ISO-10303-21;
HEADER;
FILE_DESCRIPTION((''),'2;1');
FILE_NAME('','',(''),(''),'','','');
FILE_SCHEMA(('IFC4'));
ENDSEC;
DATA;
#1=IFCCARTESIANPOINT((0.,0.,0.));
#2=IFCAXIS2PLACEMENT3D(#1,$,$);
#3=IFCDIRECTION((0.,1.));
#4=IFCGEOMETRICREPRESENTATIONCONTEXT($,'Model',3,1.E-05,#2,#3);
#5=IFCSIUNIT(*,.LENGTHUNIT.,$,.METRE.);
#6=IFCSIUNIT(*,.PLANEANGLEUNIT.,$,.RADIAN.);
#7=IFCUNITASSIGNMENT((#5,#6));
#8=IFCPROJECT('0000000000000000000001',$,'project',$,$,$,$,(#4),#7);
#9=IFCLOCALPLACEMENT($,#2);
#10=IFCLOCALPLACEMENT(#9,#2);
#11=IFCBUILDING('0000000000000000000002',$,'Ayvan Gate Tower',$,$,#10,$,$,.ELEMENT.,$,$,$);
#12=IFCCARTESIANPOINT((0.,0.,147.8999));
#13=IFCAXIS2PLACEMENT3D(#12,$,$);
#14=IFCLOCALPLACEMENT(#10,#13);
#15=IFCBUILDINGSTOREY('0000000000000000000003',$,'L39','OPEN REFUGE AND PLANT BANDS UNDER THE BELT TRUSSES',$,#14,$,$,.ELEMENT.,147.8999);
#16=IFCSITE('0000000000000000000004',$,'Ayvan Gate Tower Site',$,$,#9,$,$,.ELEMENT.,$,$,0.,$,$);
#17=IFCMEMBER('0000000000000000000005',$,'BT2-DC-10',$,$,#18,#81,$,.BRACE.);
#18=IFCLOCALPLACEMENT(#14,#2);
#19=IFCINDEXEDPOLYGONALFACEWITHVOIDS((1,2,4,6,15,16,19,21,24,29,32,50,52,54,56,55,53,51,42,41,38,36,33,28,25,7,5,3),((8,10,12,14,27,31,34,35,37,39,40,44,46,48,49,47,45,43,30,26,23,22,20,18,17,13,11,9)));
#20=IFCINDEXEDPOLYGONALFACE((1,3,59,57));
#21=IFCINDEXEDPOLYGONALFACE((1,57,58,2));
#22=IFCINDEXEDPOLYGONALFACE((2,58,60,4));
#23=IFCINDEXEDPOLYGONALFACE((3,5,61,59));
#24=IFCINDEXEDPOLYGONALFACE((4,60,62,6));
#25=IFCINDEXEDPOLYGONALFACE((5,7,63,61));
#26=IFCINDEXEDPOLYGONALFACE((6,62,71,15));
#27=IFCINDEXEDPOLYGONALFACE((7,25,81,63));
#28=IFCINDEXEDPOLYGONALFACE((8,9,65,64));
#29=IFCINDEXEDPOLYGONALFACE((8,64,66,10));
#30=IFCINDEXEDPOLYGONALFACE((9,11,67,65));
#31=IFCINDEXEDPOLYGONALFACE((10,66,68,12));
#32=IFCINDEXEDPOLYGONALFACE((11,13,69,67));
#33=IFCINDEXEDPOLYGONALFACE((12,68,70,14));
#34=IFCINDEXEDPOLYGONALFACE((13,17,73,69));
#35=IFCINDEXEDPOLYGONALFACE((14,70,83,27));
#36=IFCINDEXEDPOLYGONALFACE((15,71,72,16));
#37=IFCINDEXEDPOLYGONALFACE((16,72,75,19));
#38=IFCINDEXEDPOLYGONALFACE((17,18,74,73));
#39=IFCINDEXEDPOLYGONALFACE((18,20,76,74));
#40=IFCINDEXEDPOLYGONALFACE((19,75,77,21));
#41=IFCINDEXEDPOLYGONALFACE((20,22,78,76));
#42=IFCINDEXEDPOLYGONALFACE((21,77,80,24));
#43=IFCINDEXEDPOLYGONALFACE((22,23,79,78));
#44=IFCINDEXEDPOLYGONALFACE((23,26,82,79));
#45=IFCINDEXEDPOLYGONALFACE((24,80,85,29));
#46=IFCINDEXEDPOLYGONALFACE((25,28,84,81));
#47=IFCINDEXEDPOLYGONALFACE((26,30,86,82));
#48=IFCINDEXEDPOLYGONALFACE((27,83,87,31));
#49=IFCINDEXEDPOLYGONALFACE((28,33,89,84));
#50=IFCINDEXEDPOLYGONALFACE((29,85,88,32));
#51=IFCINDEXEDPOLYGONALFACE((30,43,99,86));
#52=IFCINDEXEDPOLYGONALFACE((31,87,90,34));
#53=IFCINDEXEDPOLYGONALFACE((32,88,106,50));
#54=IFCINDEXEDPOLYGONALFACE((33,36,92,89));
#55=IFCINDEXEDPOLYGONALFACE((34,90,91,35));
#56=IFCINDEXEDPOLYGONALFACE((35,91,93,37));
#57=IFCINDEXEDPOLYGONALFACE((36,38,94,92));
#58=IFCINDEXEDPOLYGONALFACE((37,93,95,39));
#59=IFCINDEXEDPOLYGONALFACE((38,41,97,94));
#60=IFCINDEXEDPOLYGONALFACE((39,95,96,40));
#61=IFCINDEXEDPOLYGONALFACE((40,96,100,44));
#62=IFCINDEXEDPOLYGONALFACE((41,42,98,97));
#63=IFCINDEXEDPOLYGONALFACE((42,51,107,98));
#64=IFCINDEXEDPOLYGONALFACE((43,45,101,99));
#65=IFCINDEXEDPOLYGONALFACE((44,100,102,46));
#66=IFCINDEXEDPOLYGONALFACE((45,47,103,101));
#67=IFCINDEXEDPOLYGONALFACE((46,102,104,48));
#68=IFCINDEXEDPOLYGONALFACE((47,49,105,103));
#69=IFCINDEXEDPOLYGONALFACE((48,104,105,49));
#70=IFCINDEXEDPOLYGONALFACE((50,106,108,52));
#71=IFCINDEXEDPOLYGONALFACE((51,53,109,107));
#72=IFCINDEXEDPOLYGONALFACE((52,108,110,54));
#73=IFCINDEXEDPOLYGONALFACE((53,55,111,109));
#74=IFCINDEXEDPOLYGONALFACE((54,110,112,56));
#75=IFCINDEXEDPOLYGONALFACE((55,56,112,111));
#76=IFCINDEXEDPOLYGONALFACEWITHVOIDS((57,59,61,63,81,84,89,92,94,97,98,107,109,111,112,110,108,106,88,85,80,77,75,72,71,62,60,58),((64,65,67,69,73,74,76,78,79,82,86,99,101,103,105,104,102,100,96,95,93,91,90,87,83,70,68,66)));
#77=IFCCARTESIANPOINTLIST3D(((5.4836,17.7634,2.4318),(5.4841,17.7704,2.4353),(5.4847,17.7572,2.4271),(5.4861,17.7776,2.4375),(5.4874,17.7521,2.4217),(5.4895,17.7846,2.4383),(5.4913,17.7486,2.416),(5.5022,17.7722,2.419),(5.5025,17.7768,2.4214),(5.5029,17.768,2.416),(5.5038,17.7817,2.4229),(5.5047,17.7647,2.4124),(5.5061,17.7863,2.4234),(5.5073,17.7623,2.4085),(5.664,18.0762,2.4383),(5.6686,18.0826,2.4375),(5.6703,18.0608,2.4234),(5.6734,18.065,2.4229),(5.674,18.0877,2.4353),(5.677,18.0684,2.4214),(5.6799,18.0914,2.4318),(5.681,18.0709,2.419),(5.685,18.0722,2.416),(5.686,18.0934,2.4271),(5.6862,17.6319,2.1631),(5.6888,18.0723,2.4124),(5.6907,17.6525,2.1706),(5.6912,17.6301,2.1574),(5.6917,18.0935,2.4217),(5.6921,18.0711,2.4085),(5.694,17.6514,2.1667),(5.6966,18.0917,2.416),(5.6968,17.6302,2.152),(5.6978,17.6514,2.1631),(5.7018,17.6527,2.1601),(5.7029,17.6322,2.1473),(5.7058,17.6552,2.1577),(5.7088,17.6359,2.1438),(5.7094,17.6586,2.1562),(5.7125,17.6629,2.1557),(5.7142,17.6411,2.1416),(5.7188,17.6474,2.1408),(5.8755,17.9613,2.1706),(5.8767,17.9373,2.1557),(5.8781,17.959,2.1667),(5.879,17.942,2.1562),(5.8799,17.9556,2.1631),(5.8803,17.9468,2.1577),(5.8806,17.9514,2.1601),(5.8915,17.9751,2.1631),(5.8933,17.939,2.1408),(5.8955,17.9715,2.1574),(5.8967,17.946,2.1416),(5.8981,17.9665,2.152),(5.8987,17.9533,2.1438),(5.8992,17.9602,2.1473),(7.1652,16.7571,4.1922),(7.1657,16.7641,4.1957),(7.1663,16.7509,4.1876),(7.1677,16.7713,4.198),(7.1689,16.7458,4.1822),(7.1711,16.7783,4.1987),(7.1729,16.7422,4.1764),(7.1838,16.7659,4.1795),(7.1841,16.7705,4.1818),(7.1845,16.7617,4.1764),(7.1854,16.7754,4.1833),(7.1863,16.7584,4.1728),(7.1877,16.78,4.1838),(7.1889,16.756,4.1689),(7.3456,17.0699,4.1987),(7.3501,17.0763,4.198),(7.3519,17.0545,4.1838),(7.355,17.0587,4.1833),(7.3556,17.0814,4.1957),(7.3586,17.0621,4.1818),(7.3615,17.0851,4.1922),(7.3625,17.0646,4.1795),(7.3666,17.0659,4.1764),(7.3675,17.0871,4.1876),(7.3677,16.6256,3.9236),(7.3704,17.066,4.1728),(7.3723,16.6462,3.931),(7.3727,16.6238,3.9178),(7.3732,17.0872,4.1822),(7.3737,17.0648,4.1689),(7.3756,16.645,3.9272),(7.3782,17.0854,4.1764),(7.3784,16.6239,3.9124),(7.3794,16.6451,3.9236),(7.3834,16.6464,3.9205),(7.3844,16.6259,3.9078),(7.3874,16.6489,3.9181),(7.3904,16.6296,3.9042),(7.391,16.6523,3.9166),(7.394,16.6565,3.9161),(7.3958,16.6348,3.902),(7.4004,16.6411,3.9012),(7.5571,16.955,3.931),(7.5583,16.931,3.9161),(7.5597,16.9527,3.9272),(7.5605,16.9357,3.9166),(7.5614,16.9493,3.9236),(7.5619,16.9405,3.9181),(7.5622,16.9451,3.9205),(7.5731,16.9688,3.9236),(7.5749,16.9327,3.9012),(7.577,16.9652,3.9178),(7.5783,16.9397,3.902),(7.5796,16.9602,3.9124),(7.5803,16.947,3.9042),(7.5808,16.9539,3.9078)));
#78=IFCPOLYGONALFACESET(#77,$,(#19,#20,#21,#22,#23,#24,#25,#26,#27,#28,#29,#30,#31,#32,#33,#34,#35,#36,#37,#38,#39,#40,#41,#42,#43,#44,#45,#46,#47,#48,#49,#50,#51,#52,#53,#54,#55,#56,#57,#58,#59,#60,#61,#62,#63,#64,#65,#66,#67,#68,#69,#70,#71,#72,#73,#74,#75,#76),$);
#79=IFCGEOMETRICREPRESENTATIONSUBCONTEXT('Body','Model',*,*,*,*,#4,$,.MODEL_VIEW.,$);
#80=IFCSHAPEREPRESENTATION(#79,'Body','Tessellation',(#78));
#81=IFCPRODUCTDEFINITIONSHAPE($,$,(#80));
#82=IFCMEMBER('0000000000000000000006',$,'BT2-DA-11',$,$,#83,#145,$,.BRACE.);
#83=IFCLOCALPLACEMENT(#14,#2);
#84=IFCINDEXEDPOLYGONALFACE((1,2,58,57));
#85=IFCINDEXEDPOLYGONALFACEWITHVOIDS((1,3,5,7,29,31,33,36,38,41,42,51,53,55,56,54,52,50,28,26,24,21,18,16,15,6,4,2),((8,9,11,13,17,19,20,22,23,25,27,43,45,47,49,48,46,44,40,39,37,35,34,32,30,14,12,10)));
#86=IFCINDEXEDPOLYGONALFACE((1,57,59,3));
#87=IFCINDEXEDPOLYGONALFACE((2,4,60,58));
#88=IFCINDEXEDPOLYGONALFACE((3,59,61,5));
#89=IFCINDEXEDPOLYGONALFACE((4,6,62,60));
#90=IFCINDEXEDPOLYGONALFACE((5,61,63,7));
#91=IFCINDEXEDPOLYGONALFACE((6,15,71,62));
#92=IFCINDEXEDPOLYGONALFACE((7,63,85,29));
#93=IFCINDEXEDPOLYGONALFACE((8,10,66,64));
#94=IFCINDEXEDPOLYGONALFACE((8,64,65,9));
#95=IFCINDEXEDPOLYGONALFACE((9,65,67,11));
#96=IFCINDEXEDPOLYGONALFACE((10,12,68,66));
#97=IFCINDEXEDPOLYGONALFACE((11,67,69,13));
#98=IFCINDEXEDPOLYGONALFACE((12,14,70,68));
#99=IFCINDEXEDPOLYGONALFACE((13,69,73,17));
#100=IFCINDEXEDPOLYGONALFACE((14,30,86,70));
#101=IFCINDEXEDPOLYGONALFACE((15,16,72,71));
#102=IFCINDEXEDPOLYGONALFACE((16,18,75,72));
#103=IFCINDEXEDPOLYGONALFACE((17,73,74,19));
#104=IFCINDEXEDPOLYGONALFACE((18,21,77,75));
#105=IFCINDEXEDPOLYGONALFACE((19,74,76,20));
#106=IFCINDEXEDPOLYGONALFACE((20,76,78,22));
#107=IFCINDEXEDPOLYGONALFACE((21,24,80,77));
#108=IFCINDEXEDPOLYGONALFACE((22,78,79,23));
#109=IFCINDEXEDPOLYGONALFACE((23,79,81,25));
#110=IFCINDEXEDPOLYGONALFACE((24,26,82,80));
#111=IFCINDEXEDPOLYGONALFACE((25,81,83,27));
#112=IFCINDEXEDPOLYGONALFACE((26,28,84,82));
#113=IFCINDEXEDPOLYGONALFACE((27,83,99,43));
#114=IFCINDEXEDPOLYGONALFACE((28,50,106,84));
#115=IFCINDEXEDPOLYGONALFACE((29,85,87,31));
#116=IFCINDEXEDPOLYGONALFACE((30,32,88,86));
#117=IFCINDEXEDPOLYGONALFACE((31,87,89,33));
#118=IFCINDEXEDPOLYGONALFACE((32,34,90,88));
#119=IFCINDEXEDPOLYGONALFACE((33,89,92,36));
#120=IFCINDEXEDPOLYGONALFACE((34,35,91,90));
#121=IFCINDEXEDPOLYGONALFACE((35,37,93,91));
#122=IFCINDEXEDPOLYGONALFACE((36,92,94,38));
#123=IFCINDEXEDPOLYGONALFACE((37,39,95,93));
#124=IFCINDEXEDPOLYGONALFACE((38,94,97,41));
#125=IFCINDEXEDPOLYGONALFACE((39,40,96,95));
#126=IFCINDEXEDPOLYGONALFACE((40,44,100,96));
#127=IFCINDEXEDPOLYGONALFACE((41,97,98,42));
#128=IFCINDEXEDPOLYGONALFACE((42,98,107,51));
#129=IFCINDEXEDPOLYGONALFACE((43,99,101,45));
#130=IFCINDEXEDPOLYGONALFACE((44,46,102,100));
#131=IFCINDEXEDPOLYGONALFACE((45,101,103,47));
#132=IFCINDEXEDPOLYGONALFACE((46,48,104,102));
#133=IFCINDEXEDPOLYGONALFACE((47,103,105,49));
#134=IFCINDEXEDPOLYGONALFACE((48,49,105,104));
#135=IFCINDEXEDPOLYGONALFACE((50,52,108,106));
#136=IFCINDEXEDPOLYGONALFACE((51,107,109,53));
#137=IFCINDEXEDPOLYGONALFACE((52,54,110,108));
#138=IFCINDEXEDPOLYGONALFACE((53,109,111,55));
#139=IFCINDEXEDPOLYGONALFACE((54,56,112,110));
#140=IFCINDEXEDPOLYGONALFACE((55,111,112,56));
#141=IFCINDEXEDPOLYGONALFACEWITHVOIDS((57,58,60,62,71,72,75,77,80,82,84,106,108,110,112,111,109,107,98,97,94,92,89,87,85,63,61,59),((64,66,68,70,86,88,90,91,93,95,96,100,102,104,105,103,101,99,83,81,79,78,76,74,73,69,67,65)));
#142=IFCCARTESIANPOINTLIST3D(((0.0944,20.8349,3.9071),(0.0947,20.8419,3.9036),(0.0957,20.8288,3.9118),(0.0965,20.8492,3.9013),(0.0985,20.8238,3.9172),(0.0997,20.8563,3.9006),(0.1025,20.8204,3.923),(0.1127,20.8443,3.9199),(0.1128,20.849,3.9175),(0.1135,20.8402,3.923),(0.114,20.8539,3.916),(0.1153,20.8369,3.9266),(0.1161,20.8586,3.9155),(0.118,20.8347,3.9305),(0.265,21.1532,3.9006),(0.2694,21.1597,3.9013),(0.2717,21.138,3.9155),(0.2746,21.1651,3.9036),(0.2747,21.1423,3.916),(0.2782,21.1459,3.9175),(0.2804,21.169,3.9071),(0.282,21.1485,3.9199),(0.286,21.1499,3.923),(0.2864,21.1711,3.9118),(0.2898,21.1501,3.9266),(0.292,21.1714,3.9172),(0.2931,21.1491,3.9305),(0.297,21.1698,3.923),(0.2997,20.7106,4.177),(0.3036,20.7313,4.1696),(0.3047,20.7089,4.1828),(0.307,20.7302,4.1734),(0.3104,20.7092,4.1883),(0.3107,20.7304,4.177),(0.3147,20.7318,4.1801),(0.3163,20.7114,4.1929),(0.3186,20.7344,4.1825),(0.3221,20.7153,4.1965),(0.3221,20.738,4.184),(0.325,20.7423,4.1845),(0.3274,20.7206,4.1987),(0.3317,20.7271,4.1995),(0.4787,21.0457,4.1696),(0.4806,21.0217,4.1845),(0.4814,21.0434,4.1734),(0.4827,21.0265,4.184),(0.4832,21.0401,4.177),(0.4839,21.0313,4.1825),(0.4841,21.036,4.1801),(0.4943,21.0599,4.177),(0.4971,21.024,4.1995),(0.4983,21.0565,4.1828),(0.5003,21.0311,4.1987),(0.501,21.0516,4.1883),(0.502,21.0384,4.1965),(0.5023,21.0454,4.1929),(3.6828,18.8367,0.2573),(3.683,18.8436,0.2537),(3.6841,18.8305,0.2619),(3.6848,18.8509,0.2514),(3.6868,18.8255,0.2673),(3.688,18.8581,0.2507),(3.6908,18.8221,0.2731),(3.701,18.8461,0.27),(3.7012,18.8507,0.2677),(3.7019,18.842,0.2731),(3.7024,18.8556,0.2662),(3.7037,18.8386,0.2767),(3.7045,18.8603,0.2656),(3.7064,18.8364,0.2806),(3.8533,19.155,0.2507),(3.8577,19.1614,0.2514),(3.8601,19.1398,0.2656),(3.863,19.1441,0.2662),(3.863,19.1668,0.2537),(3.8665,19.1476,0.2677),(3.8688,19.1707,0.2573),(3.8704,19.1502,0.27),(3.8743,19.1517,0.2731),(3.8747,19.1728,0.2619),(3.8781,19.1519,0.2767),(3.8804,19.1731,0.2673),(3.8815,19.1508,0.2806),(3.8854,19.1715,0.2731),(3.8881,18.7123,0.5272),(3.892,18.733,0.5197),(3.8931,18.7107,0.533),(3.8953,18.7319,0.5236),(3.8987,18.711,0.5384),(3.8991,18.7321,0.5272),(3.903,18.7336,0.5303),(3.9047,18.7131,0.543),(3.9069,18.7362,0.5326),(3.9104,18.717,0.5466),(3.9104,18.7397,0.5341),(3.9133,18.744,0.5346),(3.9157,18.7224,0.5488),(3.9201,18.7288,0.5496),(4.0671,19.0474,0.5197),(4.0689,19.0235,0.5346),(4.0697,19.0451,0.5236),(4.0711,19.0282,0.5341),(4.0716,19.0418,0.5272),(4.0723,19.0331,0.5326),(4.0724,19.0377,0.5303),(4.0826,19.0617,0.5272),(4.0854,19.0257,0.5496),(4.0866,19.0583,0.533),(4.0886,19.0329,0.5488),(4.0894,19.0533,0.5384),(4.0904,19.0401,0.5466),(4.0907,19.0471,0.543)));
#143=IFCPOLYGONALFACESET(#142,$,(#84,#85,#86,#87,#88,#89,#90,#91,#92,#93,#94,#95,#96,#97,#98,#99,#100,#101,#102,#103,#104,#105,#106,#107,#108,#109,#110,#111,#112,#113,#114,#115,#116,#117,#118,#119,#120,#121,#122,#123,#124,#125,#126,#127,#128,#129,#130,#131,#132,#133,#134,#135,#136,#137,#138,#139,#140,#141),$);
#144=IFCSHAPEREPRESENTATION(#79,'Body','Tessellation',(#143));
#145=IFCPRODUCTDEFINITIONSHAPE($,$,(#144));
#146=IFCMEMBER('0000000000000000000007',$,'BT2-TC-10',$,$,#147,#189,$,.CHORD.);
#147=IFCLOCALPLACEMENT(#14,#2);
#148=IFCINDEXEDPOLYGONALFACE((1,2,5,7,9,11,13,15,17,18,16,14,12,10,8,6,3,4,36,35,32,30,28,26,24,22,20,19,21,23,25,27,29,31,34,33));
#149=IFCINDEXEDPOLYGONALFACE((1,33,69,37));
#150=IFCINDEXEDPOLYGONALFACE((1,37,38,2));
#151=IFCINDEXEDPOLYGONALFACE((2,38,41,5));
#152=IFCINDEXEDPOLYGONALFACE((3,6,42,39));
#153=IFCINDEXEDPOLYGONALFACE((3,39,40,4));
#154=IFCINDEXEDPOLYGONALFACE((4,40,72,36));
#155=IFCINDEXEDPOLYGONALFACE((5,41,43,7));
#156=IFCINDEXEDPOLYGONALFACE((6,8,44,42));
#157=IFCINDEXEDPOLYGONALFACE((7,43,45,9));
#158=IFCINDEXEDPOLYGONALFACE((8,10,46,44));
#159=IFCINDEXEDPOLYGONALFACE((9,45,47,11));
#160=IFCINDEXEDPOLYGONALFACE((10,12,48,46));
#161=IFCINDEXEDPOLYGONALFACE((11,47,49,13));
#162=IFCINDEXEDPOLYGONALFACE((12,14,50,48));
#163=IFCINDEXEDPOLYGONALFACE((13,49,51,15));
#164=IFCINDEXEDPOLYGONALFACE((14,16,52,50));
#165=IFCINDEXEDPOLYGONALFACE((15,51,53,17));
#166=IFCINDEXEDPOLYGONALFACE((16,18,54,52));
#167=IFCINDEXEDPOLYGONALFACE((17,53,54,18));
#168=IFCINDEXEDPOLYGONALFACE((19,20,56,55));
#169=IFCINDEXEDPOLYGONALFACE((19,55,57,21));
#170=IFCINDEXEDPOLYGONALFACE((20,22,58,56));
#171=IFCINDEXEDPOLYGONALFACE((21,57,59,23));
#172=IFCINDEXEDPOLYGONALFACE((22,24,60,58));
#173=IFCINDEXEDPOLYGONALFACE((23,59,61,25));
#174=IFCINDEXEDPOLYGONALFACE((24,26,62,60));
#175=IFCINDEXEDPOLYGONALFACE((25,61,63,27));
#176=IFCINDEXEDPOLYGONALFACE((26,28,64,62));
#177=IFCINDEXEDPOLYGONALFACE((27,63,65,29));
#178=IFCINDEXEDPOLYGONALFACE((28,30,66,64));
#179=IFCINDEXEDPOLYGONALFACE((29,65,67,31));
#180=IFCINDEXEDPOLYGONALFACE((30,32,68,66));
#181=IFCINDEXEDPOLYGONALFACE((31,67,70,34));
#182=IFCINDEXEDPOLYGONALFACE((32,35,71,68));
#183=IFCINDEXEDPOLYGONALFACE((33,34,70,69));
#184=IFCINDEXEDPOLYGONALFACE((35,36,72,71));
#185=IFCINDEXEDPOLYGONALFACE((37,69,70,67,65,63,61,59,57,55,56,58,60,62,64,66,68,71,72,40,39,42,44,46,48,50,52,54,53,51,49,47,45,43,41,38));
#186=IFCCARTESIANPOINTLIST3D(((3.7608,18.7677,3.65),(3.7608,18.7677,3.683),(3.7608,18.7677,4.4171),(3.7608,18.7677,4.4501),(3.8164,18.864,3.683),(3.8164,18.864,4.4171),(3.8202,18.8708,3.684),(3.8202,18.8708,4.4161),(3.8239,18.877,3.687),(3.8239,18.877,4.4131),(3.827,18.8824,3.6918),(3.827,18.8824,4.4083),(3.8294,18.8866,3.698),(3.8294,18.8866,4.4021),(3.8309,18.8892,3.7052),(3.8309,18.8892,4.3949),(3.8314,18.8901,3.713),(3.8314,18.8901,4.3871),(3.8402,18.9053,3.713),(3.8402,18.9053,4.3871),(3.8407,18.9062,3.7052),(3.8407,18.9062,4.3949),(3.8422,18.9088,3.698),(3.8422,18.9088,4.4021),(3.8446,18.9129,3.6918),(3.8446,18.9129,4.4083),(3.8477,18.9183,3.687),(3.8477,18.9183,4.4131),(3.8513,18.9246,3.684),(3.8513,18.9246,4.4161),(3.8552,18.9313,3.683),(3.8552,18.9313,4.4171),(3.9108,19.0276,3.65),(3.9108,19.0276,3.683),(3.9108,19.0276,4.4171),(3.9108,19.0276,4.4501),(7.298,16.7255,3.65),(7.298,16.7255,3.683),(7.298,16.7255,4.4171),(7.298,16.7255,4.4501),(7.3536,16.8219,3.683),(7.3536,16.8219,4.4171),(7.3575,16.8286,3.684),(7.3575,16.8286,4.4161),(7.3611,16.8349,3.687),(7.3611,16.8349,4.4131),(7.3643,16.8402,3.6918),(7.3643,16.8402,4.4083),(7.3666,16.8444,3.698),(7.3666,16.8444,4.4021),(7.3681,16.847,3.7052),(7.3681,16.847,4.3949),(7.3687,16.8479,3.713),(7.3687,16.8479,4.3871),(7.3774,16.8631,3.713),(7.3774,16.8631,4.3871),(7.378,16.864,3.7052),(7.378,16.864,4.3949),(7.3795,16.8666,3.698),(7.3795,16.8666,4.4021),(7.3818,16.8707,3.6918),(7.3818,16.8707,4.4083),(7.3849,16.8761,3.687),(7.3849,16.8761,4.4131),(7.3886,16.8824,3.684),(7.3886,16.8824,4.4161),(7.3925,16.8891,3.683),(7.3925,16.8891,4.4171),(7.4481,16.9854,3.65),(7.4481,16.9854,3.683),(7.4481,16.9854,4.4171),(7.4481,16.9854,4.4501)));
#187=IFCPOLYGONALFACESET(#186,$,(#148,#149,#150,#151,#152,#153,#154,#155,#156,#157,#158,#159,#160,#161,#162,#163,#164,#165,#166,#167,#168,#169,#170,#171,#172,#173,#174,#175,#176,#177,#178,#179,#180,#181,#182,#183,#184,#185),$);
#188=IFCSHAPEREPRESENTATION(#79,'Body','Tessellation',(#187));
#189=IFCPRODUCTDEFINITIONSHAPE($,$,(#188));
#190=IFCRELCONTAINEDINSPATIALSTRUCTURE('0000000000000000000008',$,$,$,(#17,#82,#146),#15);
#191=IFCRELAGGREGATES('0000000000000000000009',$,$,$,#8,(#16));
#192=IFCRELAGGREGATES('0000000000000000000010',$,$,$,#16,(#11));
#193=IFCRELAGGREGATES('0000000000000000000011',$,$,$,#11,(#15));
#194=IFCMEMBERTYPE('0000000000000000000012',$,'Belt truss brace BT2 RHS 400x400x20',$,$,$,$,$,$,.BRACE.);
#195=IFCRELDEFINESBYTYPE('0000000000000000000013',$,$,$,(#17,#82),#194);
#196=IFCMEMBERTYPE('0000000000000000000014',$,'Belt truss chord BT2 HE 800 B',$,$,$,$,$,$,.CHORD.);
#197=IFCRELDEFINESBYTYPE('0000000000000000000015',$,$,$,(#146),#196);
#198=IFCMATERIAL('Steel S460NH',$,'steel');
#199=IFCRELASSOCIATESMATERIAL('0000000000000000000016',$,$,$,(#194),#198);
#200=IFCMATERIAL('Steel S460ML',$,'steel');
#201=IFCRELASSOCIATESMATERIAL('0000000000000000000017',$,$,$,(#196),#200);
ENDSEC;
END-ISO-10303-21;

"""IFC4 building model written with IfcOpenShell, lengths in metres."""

from ifc_helpers import new_model, si_unit, direction, frame, origin, origin_2d, place, context, subcontext, project, spatial, hollow_rectangle, i_section, extrude, material, material_profile, profile_set, type_object, element, save


model = new_model("IFC4")

# Units and contexts
model_context = context("Model", 3, precision=1e-05, world=origin(), true_north=direction((0.0, 1.0)))
body_context = subcontext(model_context, "Body", "Model", "MODEL_VIEW")
ifc_project = project(units=[si_unit("LENGTHUNIT", "METRE"), si_unit("PLANEANGLEUNIT", "RADIAN")], contexts=[model_context])

# Site, building, storey
site_placement = place(None, origin())
site = spatial("IfcSite", under=ifc_project, at=site_placement, Name="Ayvan Gate Tower Site", CompositionType="ELEMENT", RefElevation=0.0)
building_placement = place(site_placement, origin())
building = spatial("IfcBuilding", under=site, at=building_placement, Name="Ayvan Gate Tower", CompositionType="ELEMENT")
storey_placement = place(building_placement, frame((0.0, 0.0, 147.8999)))
storey = spatial("IfcBuildingStorey", under=building, at=storey_placement, Name="L39", Description="OPEN REFUGE AND PLANT BANDS UNDER THE BELT TRUSSES", CompositionType="ELEMENT", Elevation=147.8999)

# Members
ifc_material_1 = material(Name="Steel S460NH", Category="steel")
ifc_material_profile_1 = material_profile(ifc_material_1, hollow_rectangle(XDim=0.3999, YDim=0.3999, WallThickness=0.02, InnerFilletRadius=0.02, OuterFilletRadius=0.03, at=origin_2d()), Name="RHS 400x400x20")
ifc_profile_set_1 = profile_set([ifc_material_profile_1], Name="Steel S460NH")
member_type_1 = type_object("IfcMemberType", Name="Belt truss brace BT2 RHS 400x400x20", PredefinedType="BRACE", material=ifc_profile_set_1)
member_1_placement = place(storey_placement, frame((5.6914, 17.8618, 2.2896), z_axis=(0.638342, -0.382004, 0.668276), x_axis=(0.513506, 0.858086, 0.0)))
element("IfcMember", 1, at=member_1_placement, inside=storey, type_object=member_type_1, Name="BT2-DC-10", PredefinedType="BRACE", context=body_context, shape_type="SweptSolid", body=[
    extrude(hollow_rectangle(XDim=0.3999, YDim=0.3999, WallThickness=0.02, InnerFilletRadius=0.02, OuterFilletRadius=0.03, at=origin_2d()), origin(), (0.0, 0.0, 1.0), 2.6343),
])
member_2_placement = place(storey_placement, frame((3.8867, 18.9419, 0.4001), z_axis=(-0.653065, 0.363678, 0.664262), x_axis=(-0.486526, -0.873666, 0.0)))
element("IfcMember", 2, at=member_2_placement, inside=storey, type_object=member_type_1, Name="BT2-DA-11", PredefinedType="BRACE", context=body_context, shape_type="SweptSolid", body=[
    extrude(hollow_rectangle(XDim=0.3999, YDim=0.3999, WallThickness=0.02, InnerFilletRadius=0.02, OuterFilletRadius=0.03, at=origin_2d()), origin(), (0.0, 0.0, 1.0), 5.4946),
])
ifc_material_2 = material(Name="Steel S460ML", Category="steel")
ifc_material_profile_2 = material_profile(ifc_material_2, i_section(OverallWidth=0.3, OverallDepth=0.8, WebThickness=0.0176, FlangeThickness=0.033, FilletRadius=0.03, at=origin_2d()), Name="HE 800 B")
ifc_profile_set_2 = profile_set([ifc_material_profile_2], Name="Steel S460ML")
member_type_2 = type_object("IfcMemberType", Name="Belt truss chord BT2 HE 800 B", PredefinedType="CHORD", material=ifc_profile_set_2)
member_3_placement = place(storey_placement, frame((7.373, 16.8555, 4.05), z_axis=(-0.866031, 0.49999, 0.0), x_axis=(-0.49999, -0.866031, 0.0)))
element("IfcMember", 3, at=member_3_placement, inside=storey, type_object=member_type_2, Name="BT2-TC-10", PredefinedType="CHORD", context=body_context, shape_type="SweptSolid", body=[
    extrude(i_section(OverallWidth=0.3, OverallDepth=0.8, WebThickness=0.0176, FlangeThickness=0.033, FilletRadius=0.03, at=origin_2d()), origin(), (0.0, 0.0, 1.0), 4.0845),
])

save(model, "model.ifc")
